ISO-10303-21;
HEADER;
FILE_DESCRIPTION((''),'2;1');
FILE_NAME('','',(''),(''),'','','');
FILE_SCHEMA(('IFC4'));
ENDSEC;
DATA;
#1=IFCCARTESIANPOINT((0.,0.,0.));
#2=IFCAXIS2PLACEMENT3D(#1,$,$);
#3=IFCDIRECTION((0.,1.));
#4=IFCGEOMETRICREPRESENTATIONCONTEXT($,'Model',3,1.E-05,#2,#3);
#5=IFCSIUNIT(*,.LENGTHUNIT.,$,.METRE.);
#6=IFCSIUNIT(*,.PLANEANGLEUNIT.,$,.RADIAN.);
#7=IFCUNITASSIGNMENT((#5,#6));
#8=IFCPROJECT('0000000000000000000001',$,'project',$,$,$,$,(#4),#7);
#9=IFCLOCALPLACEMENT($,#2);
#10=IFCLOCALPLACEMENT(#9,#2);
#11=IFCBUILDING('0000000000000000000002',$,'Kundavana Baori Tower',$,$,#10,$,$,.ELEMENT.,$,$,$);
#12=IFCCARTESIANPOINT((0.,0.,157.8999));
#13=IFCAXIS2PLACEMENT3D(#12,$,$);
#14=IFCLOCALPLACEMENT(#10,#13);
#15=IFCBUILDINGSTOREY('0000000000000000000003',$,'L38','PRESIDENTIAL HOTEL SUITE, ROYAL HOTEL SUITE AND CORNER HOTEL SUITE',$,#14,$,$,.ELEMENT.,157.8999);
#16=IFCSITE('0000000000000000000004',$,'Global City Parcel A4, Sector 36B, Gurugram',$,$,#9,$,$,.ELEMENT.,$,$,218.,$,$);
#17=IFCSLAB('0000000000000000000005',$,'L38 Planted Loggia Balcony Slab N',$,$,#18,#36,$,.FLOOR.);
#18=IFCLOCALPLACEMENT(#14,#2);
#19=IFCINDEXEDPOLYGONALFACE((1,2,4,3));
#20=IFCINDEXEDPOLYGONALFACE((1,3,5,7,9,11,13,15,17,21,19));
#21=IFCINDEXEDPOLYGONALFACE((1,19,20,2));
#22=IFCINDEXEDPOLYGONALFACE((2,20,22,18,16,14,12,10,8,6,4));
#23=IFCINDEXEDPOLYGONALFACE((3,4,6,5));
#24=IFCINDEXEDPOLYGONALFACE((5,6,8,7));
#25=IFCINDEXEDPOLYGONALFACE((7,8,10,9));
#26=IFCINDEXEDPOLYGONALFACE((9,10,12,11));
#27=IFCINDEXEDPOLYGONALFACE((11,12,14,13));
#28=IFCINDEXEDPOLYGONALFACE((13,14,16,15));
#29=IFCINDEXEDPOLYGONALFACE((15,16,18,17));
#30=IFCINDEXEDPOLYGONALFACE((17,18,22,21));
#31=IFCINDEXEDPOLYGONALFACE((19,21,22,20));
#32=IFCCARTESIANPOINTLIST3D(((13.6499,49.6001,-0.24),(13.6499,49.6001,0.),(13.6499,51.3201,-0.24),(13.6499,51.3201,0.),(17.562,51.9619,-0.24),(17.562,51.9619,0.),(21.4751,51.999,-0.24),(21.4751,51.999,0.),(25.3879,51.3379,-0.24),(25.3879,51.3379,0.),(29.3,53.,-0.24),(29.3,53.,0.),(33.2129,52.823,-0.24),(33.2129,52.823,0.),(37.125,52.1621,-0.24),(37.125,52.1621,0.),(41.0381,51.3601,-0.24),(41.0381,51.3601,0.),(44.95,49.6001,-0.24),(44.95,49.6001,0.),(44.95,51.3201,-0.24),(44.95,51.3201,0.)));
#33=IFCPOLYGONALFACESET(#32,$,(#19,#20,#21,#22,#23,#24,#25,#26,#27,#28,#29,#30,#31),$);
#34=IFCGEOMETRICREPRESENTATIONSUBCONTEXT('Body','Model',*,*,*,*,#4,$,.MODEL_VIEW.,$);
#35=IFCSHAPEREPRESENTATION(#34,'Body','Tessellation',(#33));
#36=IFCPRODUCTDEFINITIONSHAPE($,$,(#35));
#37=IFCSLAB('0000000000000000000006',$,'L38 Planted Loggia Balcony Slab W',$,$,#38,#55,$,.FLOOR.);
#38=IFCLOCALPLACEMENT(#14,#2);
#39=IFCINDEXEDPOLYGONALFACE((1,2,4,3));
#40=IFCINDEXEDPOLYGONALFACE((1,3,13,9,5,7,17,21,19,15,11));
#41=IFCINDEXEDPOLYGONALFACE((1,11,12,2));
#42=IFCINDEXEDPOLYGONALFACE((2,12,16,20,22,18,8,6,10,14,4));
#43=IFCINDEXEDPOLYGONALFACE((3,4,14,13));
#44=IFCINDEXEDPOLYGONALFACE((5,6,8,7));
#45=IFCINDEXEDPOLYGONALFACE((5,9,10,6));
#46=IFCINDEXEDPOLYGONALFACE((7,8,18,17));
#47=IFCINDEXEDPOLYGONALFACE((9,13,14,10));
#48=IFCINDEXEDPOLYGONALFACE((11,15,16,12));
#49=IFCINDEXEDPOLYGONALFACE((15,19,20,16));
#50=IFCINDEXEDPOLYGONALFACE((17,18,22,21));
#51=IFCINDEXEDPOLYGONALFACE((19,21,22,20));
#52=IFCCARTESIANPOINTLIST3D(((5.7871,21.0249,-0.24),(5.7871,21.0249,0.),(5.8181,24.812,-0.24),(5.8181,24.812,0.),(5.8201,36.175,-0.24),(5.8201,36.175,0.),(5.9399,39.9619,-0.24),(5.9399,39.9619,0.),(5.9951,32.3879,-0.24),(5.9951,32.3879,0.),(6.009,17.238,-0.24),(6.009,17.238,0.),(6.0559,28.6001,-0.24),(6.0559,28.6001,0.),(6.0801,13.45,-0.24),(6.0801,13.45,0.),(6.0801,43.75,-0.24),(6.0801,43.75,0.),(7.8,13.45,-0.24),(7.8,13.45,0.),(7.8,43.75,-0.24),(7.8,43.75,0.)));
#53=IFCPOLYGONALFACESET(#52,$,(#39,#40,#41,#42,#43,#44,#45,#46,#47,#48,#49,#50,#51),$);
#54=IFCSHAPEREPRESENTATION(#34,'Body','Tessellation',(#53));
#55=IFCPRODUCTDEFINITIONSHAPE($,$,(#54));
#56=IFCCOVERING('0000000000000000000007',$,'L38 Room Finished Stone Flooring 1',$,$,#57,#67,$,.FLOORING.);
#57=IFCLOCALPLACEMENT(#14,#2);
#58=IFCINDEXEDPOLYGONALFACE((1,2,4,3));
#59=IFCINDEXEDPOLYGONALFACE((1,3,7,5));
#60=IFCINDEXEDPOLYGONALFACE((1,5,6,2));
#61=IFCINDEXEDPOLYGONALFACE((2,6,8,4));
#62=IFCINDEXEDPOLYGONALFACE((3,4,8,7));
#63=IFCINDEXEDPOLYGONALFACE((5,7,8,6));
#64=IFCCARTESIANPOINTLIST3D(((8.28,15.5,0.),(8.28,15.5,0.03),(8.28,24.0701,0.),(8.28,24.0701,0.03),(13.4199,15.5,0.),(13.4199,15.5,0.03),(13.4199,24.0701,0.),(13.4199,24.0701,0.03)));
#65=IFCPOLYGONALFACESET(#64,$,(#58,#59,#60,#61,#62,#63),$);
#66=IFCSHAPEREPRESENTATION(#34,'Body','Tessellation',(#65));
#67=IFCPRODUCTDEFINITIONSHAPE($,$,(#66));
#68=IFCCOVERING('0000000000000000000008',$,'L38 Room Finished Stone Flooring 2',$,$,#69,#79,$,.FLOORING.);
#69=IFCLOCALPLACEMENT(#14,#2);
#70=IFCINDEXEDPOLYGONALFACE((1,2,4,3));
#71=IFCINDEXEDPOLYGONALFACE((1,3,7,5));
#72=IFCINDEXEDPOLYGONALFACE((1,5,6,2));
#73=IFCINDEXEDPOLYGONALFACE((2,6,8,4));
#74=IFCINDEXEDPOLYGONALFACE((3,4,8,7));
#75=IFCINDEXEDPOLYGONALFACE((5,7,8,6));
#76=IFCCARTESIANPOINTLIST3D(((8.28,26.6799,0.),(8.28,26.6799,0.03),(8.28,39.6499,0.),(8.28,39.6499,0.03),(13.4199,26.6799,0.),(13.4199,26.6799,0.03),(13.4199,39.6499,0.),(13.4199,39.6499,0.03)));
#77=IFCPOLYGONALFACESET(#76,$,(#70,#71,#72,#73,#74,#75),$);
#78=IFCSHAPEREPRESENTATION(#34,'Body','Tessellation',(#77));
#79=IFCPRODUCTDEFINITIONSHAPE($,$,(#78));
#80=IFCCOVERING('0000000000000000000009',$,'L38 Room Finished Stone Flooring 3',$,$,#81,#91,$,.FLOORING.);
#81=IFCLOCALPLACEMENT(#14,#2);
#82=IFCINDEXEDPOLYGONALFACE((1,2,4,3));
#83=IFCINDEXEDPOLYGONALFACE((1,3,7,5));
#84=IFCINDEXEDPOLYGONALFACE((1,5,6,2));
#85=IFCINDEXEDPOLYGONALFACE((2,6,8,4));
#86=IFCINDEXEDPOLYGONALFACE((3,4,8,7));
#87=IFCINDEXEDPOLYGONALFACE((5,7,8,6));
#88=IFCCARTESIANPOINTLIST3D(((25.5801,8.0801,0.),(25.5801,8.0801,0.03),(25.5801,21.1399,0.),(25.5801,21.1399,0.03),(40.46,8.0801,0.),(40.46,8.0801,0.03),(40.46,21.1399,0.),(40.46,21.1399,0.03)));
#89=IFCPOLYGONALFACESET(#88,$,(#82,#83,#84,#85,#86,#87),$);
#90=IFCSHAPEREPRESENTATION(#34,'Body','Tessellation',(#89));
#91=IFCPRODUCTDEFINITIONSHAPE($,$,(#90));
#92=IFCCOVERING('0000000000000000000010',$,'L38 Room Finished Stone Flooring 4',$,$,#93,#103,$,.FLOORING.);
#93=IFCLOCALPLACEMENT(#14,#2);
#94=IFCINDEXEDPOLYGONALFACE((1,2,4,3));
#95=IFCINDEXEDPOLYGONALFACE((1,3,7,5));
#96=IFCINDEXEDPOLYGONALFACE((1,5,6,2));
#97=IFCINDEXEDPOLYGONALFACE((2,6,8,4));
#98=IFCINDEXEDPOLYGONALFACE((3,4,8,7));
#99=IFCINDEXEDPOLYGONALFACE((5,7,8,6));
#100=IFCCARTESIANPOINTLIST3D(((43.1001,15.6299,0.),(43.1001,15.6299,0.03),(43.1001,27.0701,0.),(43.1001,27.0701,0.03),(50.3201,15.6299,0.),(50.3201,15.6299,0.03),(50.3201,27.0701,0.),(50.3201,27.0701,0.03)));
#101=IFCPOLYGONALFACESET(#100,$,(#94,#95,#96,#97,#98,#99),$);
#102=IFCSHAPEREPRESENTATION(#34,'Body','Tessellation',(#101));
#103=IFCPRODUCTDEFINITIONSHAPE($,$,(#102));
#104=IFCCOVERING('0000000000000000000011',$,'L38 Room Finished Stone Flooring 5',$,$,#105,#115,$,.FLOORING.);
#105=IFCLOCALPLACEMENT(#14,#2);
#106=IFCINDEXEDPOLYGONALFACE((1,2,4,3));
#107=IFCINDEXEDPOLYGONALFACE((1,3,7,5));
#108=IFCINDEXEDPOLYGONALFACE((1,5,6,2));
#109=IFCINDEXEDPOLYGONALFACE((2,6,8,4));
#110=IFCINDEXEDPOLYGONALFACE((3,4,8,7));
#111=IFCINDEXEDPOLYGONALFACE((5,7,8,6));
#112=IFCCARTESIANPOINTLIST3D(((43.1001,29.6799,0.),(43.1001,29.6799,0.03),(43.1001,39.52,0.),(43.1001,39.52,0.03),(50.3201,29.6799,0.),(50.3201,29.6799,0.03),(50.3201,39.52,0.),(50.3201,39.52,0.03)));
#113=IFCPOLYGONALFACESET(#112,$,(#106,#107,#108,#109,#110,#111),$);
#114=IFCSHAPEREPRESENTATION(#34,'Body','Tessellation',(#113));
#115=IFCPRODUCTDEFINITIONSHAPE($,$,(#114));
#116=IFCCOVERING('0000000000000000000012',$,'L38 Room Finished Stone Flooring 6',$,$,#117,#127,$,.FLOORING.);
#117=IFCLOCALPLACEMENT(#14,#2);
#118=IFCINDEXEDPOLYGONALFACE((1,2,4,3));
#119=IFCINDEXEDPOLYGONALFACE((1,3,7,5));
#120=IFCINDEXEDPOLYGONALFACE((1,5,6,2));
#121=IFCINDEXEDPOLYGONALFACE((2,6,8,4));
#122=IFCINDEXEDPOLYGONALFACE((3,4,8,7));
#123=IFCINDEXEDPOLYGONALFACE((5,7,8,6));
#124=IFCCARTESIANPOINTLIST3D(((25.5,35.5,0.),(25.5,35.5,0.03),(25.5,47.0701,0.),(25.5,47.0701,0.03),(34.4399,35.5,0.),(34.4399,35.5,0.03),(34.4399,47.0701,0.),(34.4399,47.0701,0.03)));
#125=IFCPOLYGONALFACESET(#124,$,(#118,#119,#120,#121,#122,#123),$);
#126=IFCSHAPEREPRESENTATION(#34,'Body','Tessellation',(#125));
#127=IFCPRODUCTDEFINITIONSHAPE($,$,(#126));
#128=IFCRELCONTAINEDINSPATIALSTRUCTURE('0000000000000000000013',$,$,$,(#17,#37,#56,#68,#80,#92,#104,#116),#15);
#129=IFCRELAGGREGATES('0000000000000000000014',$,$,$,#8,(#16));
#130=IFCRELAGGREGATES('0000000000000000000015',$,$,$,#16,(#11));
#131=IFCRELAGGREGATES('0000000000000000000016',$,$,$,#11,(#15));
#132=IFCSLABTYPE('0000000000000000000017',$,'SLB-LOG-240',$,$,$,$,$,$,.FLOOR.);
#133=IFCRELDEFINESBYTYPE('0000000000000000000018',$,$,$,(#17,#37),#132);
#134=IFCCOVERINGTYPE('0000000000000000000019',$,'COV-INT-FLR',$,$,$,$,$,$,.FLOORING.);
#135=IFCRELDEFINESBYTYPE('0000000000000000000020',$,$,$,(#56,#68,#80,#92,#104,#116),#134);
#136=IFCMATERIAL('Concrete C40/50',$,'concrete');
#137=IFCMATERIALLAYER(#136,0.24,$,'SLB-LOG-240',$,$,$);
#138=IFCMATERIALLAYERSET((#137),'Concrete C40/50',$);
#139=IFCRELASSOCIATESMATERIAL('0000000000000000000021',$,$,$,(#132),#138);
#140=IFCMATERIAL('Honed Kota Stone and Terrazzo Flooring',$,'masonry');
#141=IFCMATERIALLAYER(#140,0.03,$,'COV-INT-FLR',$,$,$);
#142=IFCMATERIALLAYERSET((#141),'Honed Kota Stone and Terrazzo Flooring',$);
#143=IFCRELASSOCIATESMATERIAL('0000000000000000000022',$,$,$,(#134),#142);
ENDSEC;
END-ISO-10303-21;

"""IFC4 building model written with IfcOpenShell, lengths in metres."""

from ifc_helpers import new_model, si_unit, direction, frame, origin, place, context, subcontext, project, spatial, polyline, outline, extrude, material, layer, layer_set, type_object, element, save


model = new_model("IFC4")

# Units and contexts
model_context = context("Model", 3, precision=1e-05, world=origin(), true_north=direction((0.0, 1.0)))
body_context = subcontext(model_context, "Body", "Model", "MODEL_VIEW")
ifc_project = project(units=[si_unit("LENGTHUNIT", "METRE"), si_unit("PLANEANGLEUNIT", "RADIAN")], contexts=[model_context])

# Site, building, storey
site_placement = place(None, origin())
site = spatial("IfcSite", under=ifc_project, at=site_placement, Name="Global City Parcel A4, Sector 36B, Gurugram", CompositionType="ELEMENT", RefElevation=218.0)
building_placement = place(site_placement, origin())
building = spatial("IfcBuilding", under=site, at=building_placement, Name="Kundavana Baori Tower", CompositionType="ELEMENT")
storey_placement = place(building_placement, frame((0.0, 0.0, 157.8999)))
storey = spatial("IfcBuildingStorey", under=building, at=storey_placement, Name="L38", Description="PRESIDENTIAL HOTEL SUITE, ROYAL HOTEL SUITE AND CORNER HOTEL SUITE", CompositionType="ELEMENT", Elevation=157.8999)

# Slabs
ifc_material_1 = material(Name="Concrete C40/50", Category="concrete")
ifc_layer_1 = layer(ifc_material_1, 0.24, Name="SLB-LOG-240")
ifc_layer_set_1 = layer_set([ifc_layer_1], Name="Concrete C40/50")
slab_type_1 = type_object("IfcSlabType", Name="SLB-LOG-240", PredefinedType="FLOOR", material=ifc_layer_set_1)
slab_1_placement = place(storey_placement, frame((0.0, 0.0, -0.24)))
element("IfcSlab", 1, at=slab_1_placement, inside=storey, type_object=slab_type_1, Name="L38 Planted Loggia Balcony Slab N", PredefinedType="FLOOR", context=body_context, shape_type="SweptSolid", body=[
    extrude(outline(polyline([(44.95, 49.6001), (13.6499, 49.6001), (13.6499, 51.3201), (17.562, 51.9619), (21.4751, 51.999), (25.3879, 51.3379), (29.3, 53.0), (33.2129, 52.823), (37.125, 52.1621), (41.0381, 51.3601), (44.95, 51.3201), (44.95, 49.6001)])), origin(), (0.0, 0.0, 1.0), 0.24),
])
slab_2_placement = place(storey_placement, frame((0.0, 0.0, -0.24)))
element("IfcSlab", 2, at=slab_2_placement, inside=storey, type_object=slab_type_1, Name="L38 Planted Loggia Balcony Slab W", PredefinedType="FLOOR", context=body_context, shape_type="SweptSolid", body=[
    extrude(outline(polyline([(7.8, 43.75), (7.8, 13.45), (6.0801, 13.45), (6.009, 17.238), (5.7871, 21.0249), (5.8181, 24.812), (6.0559, 28.6001), (5.9951, 32.3879), (5.8201, 36.175), (5.9399, 39.9619), (6.0801, 43.75), (7.8, 43.75)])), origin(), (0.0, 0.0, 1.0), 0.24),
])

# Coverings
ifc_material_2 = material(Name="Honed Kota Stone and Terrazzo Flooring", Category="masonry")
ifc_layer_2 = layer(ifc_material_2, 0.03, Name="COV-INT-FLR")
ifc_layer_set_2 = layer_set([ifc_layer_2], Name="Honed Kota Stone and Terrazzo Flooring")
covering_type = type_object("IfcCoveringType", Name="COV-INT-FLR", PredefinedType="FLOORING", material=ifc_layer_set_2)
covering_1_placement = place(storey_placement, origin())
element("IfcCovering", 3, at=covering_1_placement, inside=storey, type_object=covering_type, Name="L38 Room Finished Stone Flooring 1", PredefinedType="FLOORING", context=body_context, shape_type="SweptSolid", body=[
    extrude(outline(polyline([(8.28, 15.5), (13.4199, 15.5), (13.4199, 24.0701), (8.28, 24.0701), (8.28, 15.5)])), origin(), (0.0, 0.0, 1.0), 0.03),
])
covering_2_placement = place(storey_placement, origin())
element("IfcCovering", 4, at=covering_2_placement, inside=storey, type_object=covering_type, Name="L38 Room Finished Stone Flooring 2", PredefinedType="FLOORING", context=body_context, shape_type="SweptSolid", body=[
    extrude(outline(polyline([(8.28, 26.6799), (13.4199, 26.6799), (13.4199, 39.6499), (8.28, 39.6499), (8.28, 26.6799)])), origin(), (0.0, 0.0, 1.0), 0.03),
])
covering_3_placement = place(storey_placement, origin())
element("IfcCovering", 5, at=covering_3_placement, inside=storey, type_object=covering_type, Name="L38 Room Finished Stone Flooring 3", PredefinedType="FLOORING", context=body_context, shape_type="SweptSolid", body=[
    extrude(outline(polyline([(25.5801, 8.0801), (40.46, 8.0801), (40.46, 21.1399), (25.5801, 21.1399), (25.5801, 8.0801)])), origin(), (0.0, 0.0, 1.0), 0.03),
])
covering_4_placement = place(storey_placement, origin())
element("IfcCovering", 6, at=covering_4_placement, inside=storey, type_object=covering_type, Name="L38 Room Finished Stone Flooring 4", PredefinedType="FLOORING", context=body_context, shape_type="SweptSolid", body=[
    extrude(outline(polyline([(43.1001, 15.6299), (50.3201, 15.6299), (50.3201, 27.0701), (43.1001, 27.0701), (43.1001, 15.6299)])), origin(), (0.0, 0.0, 1.0), 0.03),
])
covering_5_placement = place(storey_placement, origin())
element("IfcCovering", 7, at=covering_5_placement, inside=storey, type_object=covering_type, Name="L38 Room Finished Stone Flooring 5", PredefinedType="FLOORING", context=body_context, shape_type="SweptSolid", body=[
    extrude(outline(polyline([(43.1001, 29.6799), (50.3201, 29.6799), (50.3201, 39.52), (43.1001, 39.52), (43.1001, 29.6799)])), origin(), (0.0, 0.0, 1.0), 0.03),
])
covering_6_placement = place(storey_placement, origin())
element("IfcCovering", 8, at=covering_6_placement, inside=storey, type_object=covering_type, Name="L38 Room Finished Stone Flooring 6", PredefinedType="FLOORING", context=body_context, shape_type="SweptSolid", body=[
    extrude(outline(polyline([(25.5, 35.5), (34.4399, 35.5), (34.4399, 47.0701), (25.5, 47.0701), (25.5, 35.5)])), origin(), (0.0, 0.0, 1.0), 0.03),
])

save(model, "model.ifc")
